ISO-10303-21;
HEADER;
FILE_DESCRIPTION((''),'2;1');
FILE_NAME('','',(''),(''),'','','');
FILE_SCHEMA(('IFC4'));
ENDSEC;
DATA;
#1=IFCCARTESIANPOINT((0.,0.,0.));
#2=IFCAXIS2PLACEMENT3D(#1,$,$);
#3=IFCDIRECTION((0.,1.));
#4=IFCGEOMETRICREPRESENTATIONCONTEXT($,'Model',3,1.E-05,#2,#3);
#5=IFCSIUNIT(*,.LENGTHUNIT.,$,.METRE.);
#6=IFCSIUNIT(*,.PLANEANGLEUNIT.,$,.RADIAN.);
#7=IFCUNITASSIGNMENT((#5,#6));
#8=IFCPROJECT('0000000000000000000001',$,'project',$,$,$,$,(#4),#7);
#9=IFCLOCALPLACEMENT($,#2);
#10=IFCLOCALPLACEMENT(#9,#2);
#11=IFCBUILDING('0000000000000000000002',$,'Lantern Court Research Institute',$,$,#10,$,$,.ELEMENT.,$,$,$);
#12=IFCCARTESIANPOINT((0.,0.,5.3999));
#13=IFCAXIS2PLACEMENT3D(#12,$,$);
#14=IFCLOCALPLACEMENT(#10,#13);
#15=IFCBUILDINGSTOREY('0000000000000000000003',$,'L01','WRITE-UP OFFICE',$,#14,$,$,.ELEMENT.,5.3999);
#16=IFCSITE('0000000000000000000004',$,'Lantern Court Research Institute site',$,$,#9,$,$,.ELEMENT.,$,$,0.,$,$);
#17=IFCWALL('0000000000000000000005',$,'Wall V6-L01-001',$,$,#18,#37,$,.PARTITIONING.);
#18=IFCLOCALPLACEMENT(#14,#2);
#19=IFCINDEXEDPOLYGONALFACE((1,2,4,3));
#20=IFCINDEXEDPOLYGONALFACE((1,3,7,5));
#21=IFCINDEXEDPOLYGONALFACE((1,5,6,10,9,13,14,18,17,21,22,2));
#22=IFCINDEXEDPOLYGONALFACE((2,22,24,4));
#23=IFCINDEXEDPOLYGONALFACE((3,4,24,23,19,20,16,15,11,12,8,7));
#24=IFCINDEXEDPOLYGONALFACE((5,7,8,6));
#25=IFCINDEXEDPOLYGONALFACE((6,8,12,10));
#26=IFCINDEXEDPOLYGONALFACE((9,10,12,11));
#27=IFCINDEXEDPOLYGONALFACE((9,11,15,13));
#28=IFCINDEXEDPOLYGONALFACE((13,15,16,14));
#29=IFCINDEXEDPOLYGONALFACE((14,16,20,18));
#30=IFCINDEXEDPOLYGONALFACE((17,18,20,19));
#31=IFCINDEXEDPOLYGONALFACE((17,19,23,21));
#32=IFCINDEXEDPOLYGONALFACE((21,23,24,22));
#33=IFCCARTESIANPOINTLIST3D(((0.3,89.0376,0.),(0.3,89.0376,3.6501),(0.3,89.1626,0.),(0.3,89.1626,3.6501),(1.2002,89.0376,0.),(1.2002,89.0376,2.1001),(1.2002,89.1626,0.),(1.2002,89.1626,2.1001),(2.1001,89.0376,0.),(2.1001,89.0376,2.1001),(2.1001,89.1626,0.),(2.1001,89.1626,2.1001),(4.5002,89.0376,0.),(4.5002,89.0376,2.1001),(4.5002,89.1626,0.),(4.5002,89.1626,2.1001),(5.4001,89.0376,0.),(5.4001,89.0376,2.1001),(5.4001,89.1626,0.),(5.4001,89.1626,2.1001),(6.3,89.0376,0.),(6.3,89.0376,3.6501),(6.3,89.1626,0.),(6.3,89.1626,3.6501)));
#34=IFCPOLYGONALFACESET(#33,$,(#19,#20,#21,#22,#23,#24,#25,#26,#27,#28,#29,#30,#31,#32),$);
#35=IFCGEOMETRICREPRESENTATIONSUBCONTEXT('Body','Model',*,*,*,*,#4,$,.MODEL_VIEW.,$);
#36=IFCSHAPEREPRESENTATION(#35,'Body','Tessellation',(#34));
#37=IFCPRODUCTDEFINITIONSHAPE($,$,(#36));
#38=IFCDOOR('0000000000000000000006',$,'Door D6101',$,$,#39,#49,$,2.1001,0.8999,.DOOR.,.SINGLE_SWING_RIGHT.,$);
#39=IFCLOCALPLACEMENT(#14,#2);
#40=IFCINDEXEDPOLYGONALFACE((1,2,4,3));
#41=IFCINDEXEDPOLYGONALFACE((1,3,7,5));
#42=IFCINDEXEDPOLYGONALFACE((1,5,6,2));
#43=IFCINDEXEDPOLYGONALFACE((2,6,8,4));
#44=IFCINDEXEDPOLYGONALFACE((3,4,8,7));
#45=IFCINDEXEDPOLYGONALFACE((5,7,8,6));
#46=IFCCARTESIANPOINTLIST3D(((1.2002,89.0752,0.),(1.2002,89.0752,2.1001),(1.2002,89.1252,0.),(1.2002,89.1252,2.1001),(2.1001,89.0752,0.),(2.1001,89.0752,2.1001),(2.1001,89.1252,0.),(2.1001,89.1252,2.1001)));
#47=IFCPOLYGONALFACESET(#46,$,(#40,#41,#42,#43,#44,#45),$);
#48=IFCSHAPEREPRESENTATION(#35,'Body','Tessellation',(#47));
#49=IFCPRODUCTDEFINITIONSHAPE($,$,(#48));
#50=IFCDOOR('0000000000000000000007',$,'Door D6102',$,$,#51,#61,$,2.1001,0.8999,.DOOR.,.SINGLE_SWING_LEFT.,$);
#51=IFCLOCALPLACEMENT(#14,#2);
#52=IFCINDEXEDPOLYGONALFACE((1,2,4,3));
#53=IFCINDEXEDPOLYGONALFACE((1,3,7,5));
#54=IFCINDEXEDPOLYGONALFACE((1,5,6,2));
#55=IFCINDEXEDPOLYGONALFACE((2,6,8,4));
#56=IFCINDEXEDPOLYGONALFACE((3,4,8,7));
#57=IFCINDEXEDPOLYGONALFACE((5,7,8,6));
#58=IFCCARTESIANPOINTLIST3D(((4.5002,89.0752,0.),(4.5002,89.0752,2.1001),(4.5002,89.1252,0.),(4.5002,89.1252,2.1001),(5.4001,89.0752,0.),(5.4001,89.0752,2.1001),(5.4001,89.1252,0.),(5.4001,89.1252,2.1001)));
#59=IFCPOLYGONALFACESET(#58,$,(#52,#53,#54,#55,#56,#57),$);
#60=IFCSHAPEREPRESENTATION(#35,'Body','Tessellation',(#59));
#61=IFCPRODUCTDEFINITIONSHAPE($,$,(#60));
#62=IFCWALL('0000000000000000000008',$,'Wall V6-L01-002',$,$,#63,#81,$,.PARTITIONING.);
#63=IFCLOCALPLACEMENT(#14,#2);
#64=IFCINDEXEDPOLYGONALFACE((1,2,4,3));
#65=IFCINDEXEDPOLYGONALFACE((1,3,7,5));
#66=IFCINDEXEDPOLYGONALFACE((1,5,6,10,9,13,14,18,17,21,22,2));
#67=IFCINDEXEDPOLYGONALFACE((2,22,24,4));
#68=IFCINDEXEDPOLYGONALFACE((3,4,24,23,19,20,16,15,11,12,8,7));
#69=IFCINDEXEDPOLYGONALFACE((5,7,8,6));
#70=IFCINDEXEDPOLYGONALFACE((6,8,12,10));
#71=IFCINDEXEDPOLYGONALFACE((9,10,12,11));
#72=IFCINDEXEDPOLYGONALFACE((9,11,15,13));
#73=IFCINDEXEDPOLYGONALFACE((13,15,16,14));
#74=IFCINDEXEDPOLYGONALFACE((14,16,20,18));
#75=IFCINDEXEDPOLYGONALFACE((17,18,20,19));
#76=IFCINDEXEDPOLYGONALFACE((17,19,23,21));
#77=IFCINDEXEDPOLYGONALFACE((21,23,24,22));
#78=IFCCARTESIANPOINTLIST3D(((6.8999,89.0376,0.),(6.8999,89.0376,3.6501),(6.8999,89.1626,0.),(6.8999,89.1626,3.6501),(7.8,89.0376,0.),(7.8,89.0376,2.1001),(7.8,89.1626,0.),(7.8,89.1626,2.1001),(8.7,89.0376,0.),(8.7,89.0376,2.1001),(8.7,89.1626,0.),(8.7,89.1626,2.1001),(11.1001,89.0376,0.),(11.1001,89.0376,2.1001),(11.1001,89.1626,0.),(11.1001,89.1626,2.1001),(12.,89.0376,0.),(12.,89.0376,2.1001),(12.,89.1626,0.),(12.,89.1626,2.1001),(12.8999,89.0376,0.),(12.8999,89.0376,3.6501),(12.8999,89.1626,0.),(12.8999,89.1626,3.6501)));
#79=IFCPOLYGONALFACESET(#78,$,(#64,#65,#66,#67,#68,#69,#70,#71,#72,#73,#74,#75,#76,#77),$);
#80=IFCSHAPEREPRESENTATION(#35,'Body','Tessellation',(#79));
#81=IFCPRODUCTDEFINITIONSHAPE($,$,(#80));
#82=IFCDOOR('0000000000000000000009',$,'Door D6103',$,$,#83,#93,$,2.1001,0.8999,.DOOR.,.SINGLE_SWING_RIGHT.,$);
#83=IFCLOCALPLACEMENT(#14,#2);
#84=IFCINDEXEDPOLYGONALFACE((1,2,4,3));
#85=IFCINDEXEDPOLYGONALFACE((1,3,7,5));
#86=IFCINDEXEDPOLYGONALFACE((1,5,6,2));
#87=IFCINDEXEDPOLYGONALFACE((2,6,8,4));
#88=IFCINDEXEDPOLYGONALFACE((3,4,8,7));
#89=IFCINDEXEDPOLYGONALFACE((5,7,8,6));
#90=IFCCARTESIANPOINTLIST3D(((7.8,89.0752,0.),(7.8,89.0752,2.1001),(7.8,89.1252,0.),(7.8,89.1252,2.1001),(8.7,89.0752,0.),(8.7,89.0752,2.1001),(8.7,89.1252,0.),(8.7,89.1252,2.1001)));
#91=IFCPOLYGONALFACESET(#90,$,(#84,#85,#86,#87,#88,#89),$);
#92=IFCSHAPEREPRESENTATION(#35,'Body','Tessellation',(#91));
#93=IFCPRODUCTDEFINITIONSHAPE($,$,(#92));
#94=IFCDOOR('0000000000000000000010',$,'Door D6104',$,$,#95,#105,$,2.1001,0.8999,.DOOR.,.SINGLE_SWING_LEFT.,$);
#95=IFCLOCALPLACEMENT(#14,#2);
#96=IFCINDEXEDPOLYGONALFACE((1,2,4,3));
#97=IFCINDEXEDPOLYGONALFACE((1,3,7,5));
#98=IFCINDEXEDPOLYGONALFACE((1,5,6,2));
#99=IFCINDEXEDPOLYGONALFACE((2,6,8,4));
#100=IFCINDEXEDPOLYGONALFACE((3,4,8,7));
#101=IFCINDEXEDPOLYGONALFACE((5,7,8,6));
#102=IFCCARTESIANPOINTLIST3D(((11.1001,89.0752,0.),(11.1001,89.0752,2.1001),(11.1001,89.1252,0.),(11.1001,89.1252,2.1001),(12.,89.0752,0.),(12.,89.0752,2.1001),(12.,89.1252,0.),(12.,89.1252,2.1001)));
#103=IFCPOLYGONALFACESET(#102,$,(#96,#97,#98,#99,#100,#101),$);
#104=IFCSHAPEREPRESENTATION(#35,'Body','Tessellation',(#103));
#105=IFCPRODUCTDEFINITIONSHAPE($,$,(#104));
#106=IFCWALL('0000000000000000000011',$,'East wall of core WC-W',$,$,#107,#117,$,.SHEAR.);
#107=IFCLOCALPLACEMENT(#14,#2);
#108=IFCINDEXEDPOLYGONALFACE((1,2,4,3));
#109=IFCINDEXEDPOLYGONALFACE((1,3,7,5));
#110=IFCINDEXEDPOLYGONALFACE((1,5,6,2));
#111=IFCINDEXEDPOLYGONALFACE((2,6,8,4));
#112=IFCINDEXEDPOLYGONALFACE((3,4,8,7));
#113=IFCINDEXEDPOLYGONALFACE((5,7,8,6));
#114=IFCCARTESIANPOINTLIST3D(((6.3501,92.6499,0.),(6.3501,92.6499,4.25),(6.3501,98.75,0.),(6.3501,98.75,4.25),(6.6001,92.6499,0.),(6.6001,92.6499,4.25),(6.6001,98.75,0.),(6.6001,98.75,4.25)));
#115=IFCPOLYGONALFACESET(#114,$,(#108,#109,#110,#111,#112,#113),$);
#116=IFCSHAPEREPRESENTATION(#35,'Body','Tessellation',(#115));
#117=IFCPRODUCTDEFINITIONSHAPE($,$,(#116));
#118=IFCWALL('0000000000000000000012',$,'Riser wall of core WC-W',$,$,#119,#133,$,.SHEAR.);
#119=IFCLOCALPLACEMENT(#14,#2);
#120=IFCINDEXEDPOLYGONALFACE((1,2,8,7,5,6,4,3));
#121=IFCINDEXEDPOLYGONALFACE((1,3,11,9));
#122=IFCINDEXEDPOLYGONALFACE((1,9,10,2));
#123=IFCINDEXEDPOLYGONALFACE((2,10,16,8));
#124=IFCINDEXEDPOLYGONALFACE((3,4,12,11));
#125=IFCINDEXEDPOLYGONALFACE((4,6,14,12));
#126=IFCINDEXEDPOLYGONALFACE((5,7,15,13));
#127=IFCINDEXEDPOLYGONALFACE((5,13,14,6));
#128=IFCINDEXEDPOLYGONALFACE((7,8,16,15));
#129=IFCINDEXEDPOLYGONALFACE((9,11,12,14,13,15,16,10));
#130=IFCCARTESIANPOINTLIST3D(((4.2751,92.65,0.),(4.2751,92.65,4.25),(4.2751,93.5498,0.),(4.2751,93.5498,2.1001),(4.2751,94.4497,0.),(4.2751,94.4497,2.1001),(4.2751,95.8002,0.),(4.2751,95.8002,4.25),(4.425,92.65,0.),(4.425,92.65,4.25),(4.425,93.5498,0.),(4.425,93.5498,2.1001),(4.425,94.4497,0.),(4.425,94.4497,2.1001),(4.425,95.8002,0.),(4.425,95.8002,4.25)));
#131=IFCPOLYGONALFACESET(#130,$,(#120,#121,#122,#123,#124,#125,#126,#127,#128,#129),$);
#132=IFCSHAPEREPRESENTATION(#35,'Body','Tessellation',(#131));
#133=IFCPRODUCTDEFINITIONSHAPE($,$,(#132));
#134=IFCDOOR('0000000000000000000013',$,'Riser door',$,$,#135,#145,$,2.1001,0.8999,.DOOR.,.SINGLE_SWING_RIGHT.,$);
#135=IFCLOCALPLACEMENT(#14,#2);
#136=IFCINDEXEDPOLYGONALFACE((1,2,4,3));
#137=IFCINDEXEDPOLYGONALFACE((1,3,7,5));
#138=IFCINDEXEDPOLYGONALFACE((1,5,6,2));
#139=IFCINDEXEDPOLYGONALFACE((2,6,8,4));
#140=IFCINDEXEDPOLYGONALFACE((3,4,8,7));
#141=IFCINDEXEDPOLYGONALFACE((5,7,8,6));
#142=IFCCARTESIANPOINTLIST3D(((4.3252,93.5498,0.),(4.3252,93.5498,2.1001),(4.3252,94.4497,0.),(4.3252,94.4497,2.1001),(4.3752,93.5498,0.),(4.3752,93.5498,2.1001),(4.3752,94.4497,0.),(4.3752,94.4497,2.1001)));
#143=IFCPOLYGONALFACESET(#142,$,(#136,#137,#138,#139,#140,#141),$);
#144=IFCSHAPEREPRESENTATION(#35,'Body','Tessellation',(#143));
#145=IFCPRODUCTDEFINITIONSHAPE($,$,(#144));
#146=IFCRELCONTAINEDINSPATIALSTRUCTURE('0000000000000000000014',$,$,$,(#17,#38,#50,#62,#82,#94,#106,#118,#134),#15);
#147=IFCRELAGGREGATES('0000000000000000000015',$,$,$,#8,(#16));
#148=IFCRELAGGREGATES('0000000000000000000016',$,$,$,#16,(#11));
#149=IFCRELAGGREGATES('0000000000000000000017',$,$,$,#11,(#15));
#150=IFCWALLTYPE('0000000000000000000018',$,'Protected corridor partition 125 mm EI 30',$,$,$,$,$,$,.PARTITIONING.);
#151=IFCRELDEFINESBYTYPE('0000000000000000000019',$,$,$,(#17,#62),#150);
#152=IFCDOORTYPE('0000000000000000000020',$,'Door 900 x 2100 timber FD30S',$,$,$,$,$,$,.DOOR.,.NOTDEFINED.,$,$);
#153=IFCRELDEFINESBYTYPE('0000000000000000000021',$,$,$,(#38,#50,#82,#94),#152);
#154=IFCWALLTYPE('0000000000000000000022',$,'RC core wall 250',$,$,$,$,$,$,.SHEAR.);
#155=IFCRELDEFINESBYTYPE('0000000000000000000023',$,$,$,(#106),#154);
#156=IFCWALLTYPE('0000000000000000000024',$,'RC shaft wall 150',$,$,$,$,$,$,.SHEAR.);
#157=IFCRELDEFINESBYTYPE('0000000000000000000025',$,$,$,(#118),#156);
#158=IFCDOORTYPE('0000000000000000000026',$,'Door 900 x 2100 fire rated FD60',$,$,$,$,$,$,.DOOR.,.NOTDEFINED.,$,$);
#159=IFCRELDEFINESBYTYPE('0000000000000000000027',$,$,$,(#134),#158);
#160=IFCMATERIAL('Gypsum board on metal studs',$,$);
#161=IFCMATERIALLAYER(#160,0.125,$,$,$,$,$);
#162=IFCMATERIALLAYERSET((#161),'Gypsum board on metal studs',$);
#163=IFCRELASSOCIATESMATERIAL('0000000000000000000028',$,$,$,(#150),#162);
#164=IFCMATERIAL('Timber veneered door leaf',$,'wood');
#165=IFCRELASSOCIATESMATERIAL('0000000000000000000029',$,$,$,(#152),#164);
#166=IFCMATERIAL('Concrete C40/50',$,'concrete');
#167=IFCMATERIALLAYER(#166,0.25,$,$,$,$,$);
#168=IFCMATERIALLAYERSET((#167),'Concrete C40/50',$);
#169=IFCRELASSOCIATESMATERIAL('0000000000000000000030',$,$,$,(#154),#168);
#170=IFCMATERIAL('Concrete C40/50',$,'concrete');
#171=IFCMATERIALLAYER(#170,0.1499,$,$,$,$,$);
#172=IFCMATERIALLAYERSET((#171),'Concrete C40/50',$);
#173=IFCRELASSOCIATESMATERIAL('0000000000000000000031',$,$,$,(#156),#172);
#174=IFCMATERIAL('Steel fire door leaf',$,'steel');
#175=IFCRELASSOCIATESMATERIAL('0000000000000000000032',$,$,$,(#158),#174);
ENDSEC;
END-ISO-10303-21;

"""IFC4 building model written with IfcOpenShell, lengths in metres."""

from ifc_helpers import new_model, si_unit, direction, frame, frame_2d, origin, place, context, subcontext, project, spatial, rectangle, extrude, material, layer, layer_set, type_object, element, fill, save


model = new_model("IFC4")

# Units and contexts
model_context = context("Model", 3, precision=1e-05, world=origin(), true_north=direction((0.0, 1.0)))
body_context = subcontext(model_context, "Body", "Model", "MODEL_VIEW")
ifc_project = project(units=[si_unit("LENGTHUNIT", "METRE"), si_unit("PLANEANGLEUNIT", "RADIAN")], contexts=[model_context])

# Site, building, storey
site_placement = place(None, origin())
site = spatial("IfcSite", under=ifc_project, at=site_placement, Name="Lantern Court Research Institute site", CompositionType="ELEMENT", RefElevation=0.0)
building_placement = place(site_placement, origin())
building = spatial("IfcBuilding", under=site, at=building_placement, Name="Lantern Court Research Institute", CompositionType="ELEMENT")
storey_placement = place(building_placement, frame((0.0, 0.0, 5.3999)))
storey = spatial("IfcBuildingStorey", under=building, at=storey_placement, Name="L01", Description="WRITE-UP OFFICE", CompositionType="ELEMENT", Elevation=5.3999)

# Walls, openings, doors
ifc_material_1 = material(Name="Gypsum board on metal studs")
ifc_layer_1 = layer(ifc_material_1, 0.125)
ifc_layer_set_1 = layer_set([ifc_layer_1], Name="Gypsum board on metal studs")
wall_type_1 = type_object("IfcWallType", Name="Protected corridor partition 125 mm EI 30", PredefinedType="PARTITIONING", material=ifc_layer_set_1)
wall_1_placement = place(storey_placement, frame((6.3, 89.1001, 0.0), z_axis=(0.0, 0.0, 1.0), x_axis=(-1.0, 0.0, 0.0)))
wall_1 = element("IfcWall", 1, at=wall_1_placement, inside=storey, type_object=wall_type_1, Name="Wall V6-L01-001", PredefinedType="PARTITIONING", context=body_context, shape_type="SweptSolid", body=[
    extrude(rectangle(XDim=6.0, YDim=0.125, at=frame_2d((3.0, 0.0))), origin(), (0.0, 0.0, 1.0), 3.6501),
])
opening_1_placement = place(wall_1_placement, frame((4.2, 0.0, 0.0)))
opening_1 = element("IfcOpeningElement", 2, at=opening_1_placement, cuts=wall_1, PredefinedType="OPENING", context=body_context, shape_type="SweptSolid", body=[
    extrude(rectangle(XDim=0.8999, YDim=2.1001, at=frame_2d((0.45, 1.05))), frame((0.0, 0.0725, 0.0), z_axis=(0.0, -1.0, 0.0), x_axis=(1.0, 0.0, 0.0)), (0.0, 0.0, 1.0), 0.145),
])
opening_2_placement = place(wall_1_placement, frame((0.8999, 0.0, 0.0)))
opening_2 = element("IfcOpeningElement", 3, at=opening_2_placement, cuts=wall_1, PredefinedType="OPENING", context=body_context, shape_type="SweptSolid", body=[
    extrude(rectangle(XDim=0.8999, YDim=2.1001, at=frame_2d((0.45, 1.05))), frame((0.0, 0.0725, 0.0), z_axis=(0.0, -1.0, 0.0), x_axis=(1.0, 0.0, 0.0)), (0.0, 0.0, 1.0), 0.145),
])
ifc_material_2 = material(Name="Timber veneered door leaf", Category="wood")
door_type_1 = type_object("IfcDoorType", Name="Door 900 x 2100 timber FD30S", OperationType="NOTDEFINED", PredefinedType="DOOR", material=ifc_material_2)
door_1_placement = place(opening_1_placement, origin())
door_1 = element("IfcDoor", 4, at=door_1_placement, inside=storey, type_object=door_type_1, Name="Door D6101", OperationType="SINGLE_SWING_RIGHT", OverallHeight=2.1001, OverallWidth=0.8999, PredefinedType="DOOR", context=body_context, shape_type="SweptSolid", body=[
    extrude(rectangle(XDim=0.8999, YDim=2.1001, at=frame_2d((0.45, 1.05))), frame((0.0, 0.0249, 0.0), z_axis=(0.0, -1.0, 0.0), x_axis=(1.0, 0.0, 0.0)), (0.0, 0.0, 1.0), 0.05),
])
fill(opening_1, door_1)
door_2_placement = place(opening_2_placement, origin())
door_2 = element("IfcDoor", 5, at=door_2_placement, inside=storey, type_object=door_type_1, Name="Door D6102", OperationType="SINGLE_SWING_LEFT", OverallHeight=2.1001, OverallWidth=0.8999, PredefinedType="DOOR", context=body_context, shape_type="SweptSolid", body=[
    extrude(rectangle(XDim=0.8999, YDim=2.1001, at=frame_2d((0.45, 1.05))), frame((0.0, 0.0249, 0.0), z_axis=(0.0, -1.0, 0.0), x_axis=(1.0, 0.0, 0.0)), (0.0, 0.0, 1.0), 0.05),
])
fill(opening_2, door_2)
wall_2_placement = place(storey_placement, frame((12.8999, 89.1001, 0.0), z_axis=(0.0, 0.0, 1.0), x_axis=(-1.0, 0.0, 0.0)))
wall_2 = element("IfcWall", 6, at=wall_2_placement, inside=storey, type_object=wall_type_1, Name="Wall V6-L01-002", PredefinedType="PARTITIONING", context=body_context, shape_type="SweptSolid", body=[
    extrude(rectangle(XDim=6.0, YDim=0.125, at=frame_2d((3.0, 0.0))), origin(), (0.0, 0.0, 1.0), 3.6501),
])
opening_3_placement = place(wall_2_placement, frame((4.2, 0.0, 0.0)))
opening_3 = element("IfcOpeningElement", 7, at=opening_3_placement, cuts=wall_2, PredefinedType="OPENING", context=body_context, shape_type="SweptSolid", body=[
    extrude(rectangle(XDim=0.8999, YDim=2.1001, at=frame_2d((0.45, 1.05))), frame((0.0, 0.0725, 0.0), z_axis=(0.0, -1.0, 0.0), x_axis=(1.0, 0.0, 0.0)), (0.0, 0.0, 1.0), 0.145),
])
opening_4_placement = place(wall_2_placement, frame((0.8999, 0.0, 0.0)))
opening_4 = element("IfcOpeningElement", 8, at=opening_4_placement, cuts=wall_2, PredefinedType="OPENING", context=body_context, shape_type="SweptSolid", body=[
    extrude(rectangle(XDim=0.8999, YDim=2.1001, at=frame_2d((0.45, 1.05))), frame((0.0, 0.0725, 0.0), z_axis=(0.0, -1.0, 0.0), x_axis=(1.0, 0.0, 0.0)), (0.0, 0.0, 1.0), 0.145),
])
door_3_placement = place(opening_3_placement, origin())
door_3 = element("IfcDoor", 9, at=door_3_placement, inside=storey, type_object=door_type_1, Name="Door D6103", OperationType="SINGLE_SWING_RIGHT", OverallHeight=2.1001, OverallWidth=0.8999, PredefinedType="DOOR", context=body_context, shape_type="SweptSolid", body=[
    extrude(rectangle(XDim=0.8999, YDim=2.1001, at=frame_2d((0.45, 1.05))), frame((0.0, 0.0249, 0.0), z_axis=(0.0, -1.0, 0.0), x_axis=(1.0, 0.0, 0.0)), (0.0, 0.0, 1.0), 0.05),
])
fill(opening_3, door_3)
door_4_placement = place(opening_4_placement, origin())
door_4 = element("IfcDoor", 10, at=door_4_placement, inside=storey, type_object=door_type_1, Name="Door D6104", OperationType="SINGLE_SWING_LEFT", OverallHeight=2.1001, OverallWidth=0.8999, PredefinedType="DOOR", context=body_context, shape_type="SweptSolid", body=[
    extrude(rectangle(XDim=0.8999, YDim=2.1001, at=frame_2d((0.45, 1.05))), frame((0.0, 0.0249, 0.0), z_axis=(0.0, -1.0, 0.0), x_axis=(1.0, 0.0, 0.0)), (0.0, 0.0, 1.0), 0.05),
])
fill(opening_4, door_4)

# Wall
ifc_material_3 = material(Name="Concrete C40/50", Category="concrete")
ifc_layer_2 = layer(ifc_material_3, 0.25)
ifc_layer_set_2 = layer_set([ifc_layer_2], Name="Concrete C40/50")
wall_type_2 = type_object("IfcWallType", Name="RC core wall 250", PredefinedType="SHEAR", material=ifc_layer_set_2)
wall_3_placement = place(storey_placement, frame((6.4751, 92.6499, 0.0), z_axis=(0.0, 0.0, 1.0), x_axis=(0.0, 1.0, 0.0)))
element("IfcWall", 11, at=wall_3_placement, inside=storey, type_object=wall_type_2, Name="East wall of core WC-W", PredefinedType="SHEAR", context=body_context, shape_type="SweptSolid", body=[
    extrude(rectangle(XDim=6.1001, YDim=0.25, at=frame_2d((3.05, 0.0))), origin(), (0.0, 0.0, 1.0), 4.25),
])

# Wall, opening, door
ifc_material_4 = material(Name="Concrete C40/50", Category="concrete")
ifc_layer_3 = layer(ifc_material_4, 0.1499)
ifc_layer_set_3 = layer_set([ifc_layer_3], Name="Concrete C40/50")
wall_type_3 = type_object("IfcWallType", Name="RC shaft wall 150", PredefinedType="SHEAR", material=ifc_layer_set_3)
wall_4_placement = place(storey_placement, frame((4.3501, 92.6499, 0.0), z_axis=(0.0, 0.0, 1.0), x_axis=(0.0, 1.0, 0.0)))
wall_4 = element("IfcWall", 12, at=wall_4_placement, inside=storey, type_object=wall_type_3, Name="Riser wall of core WC-W", PredefinedType="SHEAR", context=body_context, shape_type="SweptSolid", body=[
    extrude(rectangle(XDim=3.1501, YDim=0.1499, at=frame_2d((1.5752, 0.0))), origin(), (0.0, 0.0, 1.0), 4.25),
])
opening_5_placement = place(wall_4_placement, frame((0.8999, 0.0, 0.0)))
opening_5 = element("IfcOpeningElement", 13, at=opening_5_placement, cuts=wall_4, PredefinedType="OPENING", context=body_context, shape_type="SweptSolid", body=[
    extrude(rectangle(XDim=0.8999, YDim=2.1001, at=frame_2d((0.45, 1.05))), frame((0.0, 0.085, 0.0), z_axis=(0.0, -1.0, 0.0), x_axis=(1.0, 0.0, 0.0)), (0.0, 0.0, 1.0), 0.1699),
])
ifc_material_5 = material(Name="Steel fire door leaf", Category="steel")
door_type_2 = type_object("IfcDoorType", Name="Door 900 x 2100 fire rated FD60", OperationType="NOTDEFINED", PredefinedType="DOOR", material=ifc_material_5)
door_5_placement = place(opening_5_placement, origin())
door_5 = element("IfcDoor", 14, at=door_5_placement, inside=storey, type_object=door_type_2, Name="Riser door", OperationType="SINGLE_SWING_RIGHT", OverallHeight=2.1001, OverallWidth=0.8999, PredefinedType="DOOR", context=body_context, shape_type="SweptSolid", body=[
    extrude(rectangle(XDim=0.8999, YDim=2.1001, at=frame_2d((0.45, 1.05))), frame((0.0, 0.0249, 0.0), z_axis=(0.0, -1.0, 0.0), x_axis=(1.0, 0.0, 0.0)), (0.0, 0.0, 1.0), 0.05),
])
fill(opening_5, door_5)

save(model, "model.ifc")
